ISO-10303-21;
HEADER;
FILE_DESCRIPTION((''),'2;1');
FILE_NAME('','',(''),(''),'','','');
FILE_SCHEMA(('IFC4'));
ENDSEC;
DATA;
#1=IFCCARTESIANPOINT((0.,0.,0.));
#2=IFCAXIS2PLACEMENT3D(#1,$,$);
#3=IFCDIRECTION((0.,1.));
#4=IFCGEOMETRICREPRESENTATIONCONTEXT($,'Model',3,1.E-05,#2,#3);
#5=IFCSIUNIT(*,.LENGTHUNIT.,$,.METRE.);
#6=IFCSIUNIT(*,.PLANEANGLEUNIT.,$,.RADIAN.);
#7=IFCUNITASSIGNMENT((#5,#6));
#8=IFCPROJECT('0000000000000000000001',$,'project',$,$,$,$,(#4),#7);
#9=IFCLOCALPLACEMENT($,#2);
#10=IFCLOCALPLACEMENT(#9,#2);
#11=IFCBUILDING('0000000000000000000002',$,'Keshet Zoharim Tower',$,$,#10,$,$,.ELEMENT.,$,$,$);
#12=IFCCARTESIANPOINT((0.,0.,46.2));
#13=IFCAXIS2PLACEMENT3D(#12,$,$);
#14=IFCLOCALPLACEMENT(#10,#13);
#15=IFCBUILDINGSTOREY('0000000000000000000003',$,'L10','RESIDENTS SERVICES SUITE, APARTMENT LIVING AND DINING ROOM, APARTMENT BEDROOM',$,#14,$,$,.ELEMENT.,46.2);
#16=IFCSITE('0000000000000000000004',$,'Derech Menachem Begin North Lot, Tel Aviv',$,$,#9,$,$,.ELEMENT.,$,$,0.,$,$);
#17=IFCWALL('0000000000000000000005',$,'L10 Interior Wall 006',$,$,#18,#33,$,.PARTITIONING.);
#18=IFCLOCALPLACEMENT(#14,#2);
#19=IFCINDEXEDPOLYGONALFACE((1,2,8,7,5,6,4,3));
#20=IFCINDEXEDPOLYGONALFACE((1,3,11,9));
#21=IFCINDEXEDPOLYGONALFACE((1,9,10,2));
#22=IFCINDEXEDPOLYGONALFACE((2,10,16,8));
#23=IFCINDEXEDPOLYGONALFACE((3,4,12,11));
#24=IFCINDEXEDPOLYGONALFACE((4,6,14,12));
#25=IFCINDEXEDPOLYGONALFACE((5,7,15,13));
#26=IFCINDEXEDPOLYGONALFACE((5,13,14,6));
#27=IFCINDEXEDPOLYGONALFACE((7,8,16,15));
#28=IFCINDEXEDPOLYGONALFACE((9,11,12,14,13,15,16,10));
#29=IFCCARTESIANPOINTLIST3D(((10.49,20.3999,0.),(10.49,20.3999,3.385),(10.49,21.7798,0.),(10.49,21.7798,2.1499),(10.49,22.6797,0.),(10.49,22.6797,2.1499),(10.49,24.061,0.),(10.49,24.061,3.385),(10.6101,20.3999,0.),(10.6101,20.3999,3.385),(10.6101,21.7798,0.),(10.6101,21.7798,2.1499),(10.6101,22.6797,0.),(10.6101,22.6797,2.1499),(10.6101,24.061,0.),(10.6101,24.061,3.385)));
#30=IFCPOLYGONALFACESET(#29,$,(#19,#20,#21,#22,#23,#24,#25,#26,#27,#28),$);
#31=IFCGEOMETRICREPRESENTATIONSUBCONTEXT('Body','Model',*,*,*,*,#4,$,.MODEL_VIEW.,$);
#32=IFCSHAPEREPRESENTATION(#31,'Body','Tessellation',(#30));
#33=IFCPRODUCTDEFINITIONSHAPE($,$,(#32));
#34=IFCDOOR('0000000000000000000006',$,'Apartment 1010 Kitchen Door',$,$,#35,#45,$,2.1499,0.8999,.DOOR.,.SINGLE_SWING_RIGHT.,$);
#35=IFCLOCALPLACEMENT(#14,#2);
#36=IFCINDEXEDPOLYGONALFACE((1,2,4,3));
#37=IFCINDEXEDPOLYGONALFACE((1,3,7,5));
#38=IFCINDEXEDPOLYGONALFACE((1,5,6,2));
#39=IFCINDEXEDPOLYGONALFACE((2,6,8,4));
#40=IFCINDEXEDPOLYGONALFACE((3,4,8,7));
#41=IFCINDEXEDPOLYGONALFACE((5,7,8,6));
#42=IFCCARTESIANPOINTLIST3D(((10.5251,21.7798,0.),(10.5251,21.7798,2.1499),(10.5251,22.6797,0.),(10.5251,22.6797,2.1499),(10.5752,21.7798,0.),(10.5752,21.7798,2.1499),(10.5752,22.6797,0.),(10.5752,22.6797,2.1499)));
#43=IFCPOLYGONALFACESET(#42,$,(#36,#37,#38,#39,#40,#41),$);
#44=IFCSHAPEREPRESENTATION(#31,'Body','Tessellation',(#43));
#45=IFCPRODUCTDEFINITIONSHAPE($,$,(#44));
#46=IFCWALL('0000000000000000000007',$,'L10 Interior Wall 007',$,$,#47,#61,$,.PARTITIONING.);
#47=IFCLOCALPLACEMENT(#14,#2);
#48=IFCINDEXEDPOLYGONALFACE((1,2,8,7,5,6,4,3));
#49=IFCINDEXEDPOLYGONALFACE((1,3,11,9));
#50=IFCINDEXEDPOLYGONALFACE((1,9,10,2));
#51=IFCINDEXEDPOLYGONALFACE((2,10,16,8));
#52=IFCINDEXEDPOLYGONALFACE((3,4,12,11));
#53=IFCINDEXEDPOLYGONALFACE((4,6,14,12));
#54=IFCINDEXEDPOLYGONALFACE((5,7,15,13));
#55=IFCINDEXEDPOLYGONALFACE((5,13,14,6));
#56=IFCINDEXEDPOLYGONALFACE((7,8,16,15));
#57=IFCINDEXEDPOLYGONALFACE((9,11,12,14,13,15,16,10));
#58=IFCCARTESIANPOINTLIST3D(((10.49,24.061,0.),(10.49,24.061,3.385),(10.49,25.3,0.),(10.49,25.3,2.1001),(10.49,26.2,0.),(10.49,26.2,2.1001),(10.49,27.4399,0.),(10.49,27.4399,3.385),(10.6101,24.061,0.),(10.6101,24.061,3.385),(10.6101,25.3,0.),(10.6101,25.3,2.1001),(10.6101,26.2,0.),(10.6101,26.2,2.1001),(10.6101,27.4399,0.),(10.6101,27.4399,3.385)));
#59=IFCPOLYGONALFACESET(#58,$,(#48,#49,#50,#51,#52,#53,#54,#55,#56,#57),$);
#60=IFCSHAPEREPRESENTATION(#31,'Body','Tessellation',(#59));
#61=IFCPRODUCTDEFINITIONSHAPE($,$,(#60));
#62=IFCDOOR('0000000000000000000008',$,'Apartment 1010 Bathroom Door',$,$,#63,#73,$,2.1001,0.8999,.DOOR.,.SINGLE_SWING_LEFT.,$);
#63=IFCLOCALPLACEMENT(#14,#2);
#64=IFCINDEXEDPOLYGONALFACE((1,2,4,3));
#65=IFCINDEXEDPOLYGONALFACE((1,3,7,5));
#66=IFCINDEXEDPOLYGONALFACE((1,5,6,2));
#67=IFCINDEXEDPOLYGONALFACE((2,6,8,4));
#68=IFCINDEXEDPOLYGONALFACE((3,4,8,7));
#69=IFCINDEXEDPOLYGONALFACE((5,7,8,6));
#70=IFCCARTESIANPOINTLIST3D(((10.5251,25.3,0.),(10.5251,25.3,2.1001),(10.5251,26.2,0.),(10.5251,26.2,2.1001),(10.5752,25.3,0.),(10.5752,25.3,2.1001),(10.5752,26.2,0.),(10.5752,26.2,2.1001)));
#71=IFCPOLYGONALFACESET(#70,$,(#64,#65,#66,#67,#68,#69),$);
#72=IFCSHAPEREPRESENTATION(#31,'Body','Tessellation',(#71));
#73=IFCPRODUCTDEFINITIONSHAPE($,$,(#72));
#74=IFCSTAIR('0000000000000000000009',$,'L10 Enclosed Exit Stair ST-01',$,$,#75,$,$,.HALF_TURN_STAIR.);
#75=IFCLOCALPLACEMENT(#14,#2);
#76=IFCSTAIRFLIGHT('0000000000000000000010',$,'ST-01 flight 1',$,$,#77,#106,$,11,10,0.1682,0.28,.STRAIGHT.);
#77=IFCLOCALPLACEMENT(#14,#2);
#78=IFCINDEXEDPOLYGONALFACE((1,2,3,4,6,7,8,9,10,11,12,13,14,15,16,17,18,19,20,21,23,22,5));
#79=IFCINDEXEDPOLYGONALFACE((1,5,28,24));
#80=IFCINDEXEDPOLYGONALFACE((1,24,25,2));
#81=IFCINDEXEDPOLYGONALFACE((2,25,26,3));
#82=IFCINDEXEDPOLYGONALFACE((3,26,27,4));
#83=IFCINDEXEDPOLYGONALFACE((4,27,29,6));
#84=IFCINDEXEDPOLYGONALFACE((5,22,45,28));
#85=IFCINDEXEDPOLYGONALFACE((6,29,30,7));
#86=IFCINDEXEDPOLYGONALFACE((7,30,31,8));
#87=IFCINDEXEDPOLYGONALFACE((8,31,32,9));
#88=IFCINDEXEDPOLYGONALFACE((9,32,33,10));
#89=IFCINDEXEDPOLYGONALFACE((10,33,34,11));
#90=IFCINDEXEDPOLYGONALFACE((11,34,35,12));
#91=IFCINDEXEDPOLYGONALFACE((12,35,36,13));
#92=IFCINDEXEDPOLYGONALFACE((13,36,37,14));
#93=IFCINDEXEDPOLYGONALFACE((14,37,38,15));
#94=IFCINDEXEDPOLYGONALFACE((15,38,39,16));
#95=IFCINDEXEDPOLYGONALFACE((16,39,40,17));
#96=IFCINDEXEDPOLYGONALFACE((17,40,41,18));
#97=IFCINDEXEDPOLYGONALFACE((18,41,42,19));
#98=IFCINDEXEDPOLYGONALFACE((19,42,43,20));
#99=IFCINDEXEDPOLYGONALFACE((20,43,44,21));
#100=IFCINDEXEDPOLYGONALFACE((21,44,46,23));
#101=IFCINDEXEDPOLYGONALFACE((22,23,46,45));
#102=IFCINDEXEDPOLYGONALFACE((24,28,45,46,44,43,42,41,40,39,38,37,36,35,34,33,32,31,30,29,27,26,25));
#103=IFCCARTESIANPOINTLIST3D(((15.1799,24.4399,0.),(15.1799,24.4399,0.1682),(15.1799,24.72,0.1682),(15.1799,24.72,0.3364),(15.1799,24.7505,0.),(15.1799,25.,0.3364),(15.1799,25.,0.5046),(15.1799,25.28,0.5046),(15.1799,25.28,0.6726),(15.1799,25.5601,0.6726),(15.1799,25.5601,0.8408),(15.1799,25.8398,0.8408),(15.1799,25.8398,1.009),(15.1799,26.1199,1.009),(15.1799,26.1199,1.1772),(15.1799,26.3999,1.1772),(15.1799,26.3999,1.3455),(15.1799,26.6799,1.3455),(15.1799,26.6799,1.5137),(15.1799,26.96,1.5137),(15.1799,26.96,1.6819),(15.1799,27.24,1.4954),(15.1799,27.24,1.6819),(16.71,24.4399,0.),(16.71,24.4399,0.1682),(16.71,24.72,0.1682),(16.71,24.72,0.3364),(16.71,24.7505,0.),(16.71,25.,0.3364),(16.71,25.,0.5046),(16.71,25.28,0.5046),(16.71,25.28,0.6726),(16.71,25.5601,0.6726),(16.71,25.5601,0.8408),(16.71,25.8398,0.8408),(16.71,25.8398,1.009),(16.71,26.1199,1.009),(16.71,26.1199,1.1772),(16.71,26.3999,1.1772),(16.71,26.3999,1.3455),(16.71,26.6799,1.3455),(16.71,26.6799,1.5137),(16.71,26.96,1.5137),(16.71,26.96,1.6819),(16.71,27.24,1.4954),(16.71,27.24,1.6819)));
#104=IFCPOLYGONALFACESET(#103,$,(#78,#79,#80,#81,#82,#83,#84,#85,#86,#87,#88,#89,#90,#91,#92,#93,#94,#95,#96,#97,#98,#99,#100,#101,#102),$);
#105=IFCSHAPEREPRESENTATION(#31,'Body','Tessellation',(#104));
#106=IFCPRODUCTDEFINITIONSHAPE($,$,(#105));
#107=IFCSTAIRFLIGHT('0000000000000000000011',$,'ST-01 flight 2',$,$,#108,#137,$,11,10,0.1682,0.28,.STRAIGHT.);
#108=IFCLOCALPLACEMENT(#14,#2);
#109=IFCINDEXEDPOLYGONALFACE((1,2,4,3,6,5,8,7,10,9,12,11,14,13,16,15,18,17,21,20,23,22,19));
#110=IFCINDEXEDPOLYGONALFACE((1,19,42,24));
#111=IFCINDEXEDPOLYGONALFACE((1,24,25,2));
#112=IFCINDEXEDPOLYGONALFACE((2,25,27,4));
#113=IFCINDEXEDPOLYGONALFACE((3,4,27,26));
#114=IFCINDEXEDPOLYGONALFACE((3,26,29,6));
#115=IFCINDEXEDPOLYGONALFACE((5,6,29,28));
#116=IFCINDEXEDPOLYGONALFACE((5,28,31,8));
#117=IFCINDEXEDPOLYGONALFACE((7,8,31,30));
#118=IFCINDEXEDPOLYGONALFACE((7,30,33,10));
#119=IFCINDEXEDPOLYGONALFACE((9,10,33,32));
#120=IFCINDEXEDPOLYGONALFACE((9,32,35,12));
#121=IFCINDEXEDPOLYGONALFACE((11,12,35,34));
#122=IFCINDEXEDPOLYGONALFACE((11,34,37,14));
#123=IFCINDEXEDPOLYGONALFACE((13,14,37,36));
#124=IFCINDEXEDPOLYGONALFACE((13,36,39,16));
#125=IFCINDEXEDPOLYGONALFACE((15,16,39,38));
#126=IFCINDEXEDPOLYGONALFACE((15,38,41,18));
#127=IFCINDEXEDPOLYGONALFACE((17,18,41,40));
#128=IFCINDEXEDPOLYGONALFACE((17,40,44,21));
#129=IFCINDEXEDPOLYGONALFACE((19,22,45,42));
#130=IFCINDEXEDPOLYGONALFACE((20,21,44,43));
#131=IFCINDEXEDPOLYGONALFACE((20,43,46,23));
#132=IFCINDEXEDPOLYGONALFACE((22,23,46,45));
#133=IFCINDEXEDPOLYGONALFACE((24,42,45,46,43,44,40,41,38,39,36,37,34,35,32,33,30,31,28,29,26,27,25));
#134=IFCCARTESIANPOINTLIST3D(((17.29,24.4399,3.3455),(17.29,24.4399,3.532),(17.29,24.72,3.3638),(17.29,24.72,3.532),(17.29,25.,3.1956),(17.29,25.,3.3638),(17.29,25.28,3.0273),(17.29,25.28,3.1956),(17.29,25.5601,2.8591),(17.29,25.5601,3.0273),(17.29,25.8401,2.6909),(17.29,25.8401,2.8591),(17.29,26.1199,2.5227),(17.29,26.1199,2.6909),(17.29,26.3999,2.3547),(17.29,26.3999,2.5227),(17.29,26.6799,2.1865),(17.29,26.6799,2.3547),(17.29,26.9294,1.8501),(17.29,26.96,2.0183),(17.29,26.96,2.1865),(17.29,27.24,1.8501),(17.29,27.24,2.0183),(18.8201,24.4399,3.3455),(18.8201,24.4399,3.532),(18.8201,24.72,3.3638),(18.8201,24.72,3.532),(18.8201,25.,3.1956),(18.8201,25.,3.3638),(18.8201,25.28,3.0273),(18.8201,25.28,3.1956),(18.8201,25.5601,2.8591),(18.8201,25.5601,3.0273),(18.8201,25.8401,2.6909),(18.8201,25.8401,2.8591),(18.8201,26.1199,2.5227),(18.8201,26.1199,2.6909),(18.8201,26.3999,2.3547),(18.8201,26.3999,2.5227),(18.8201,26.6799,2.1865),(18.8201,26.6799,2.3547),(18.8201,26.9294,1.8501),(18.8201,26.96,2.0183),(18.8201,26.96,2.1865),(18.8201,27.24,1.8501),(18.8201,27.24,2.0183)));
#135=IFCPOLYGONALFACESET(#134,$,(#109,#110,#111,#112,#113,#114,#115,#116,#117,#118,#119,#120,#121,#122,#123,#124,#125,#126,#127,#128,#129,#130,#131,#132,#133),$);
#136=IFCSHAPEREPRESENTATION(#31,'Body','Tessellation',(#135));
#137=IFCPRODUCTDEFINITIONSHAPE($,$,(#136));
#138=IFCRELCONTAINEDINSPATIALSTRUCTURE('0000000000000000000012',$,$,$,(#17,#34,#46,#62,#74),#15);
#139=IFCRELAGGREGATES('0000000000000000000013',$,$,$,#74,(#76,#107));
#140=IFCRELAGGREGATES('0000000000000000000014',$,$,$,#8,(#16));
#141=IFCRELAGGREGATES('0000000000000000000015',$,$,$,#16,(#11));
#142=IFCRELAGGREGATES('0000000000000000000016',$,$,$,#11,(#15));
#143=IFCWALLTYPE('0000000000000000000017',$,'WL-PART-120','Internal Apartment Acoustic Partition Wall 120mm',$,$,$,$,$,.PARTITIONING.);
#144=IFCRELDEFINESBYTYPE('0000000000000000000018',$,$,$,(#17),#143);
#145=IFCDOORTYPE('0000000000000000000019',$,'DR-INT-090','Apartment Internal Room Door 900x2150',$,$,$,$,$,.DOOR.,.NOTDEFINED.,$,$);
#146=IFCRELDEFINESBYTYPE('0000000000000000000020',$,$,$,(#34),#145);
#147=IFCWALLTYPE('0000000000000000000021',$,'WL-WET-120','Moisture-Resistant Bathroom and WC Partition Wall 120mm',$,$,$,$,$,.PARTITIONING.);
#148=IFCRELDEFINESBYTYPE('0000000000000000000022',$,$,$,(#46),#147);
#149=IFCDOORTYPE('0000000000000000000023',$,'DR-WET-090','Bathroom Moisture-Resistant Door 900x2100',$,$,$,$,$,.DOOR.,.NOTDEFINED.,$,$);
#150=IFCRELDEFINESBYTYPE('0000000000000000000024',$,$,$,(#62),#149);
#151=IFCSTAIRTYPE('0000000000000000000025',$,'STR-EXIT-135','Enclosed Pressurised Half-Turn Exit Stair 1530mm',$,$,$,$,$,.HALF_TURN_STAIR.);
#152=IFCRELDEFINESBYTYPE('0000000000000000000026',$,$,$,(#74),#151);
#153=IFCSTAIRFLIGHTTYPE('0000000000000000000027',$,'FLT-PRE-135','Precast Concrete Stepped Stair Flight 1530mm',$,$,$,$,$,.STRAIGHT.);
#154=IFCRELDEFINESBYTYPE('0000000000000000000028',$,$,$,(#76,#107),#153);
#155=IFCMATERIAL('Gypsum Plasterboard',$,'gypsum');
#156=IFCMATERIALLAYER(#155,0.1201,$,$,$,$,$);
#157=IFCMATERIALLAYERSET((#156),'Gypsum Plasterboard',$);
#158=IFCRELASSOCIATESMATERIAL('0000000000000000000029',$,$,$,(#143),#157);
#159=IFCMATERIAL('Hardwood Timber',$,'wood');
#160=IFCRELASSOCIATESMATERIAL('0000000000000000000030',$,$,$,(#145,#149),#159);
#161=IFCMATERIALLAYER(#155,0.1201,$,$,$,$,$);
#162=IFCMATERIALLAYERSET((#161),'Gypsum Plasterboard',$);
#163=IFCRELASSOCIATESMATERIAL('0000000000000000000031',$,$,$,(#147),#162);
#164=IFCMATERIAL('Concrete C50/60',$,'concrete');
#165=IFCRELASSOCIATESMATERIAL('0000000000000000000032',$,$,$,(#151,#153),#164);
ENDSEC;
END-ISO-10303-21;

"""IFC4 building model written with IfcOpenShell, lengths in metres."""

from ifc_helpers import new_model, si_unit, direction, frame, frame_2d, origin, place, context, subcontext, project, spatial, polyline, rectangle, outline, extrude, material, layer, layer_set, type_object, element, fill, aggregate, save


model = new_model("IFC4")

# Units and contexts
model_context = context("Model", 3, precision=1e-05, world=origin(), true_north=direction((0.0, 1.0)))
body_context = subcontext(model_context, "Body", "Model", "MODEL_VIEW")
ifc_project = project(units=[si_unit("LENGTHUNIT", "METRE"), si_unit("PLANEANGLEUNIT", "RADIAN")], contexts=[model_context])

# Site, building, storey
site_placement = place(None, origin())
site = spatial("IfcSite", under=ifc_project, at=site_placement, Name="Derech Menachem Begin North Lot, Tel Aviv", CompositionType="ELEMENT", RefElevation=0.0)
building_placement = place(site_placement, origin())
building = spatial("IfcBuilding", under=site, at=building_placement, Name="Keshet Zoharim Tower", CompositionType="ELEMENT")
storey_placement = place(building_placement, frame((0.0, 0.0, 46.2)))
storey = spatial("IfcBuildingStorey", under=building, at=storey_placement, Name="L10", Description="RESIDENTS SERVICES SUITE, APARTMENT LIVING AND DINING ROOM, APARTMENT BEDROOM", CompositionType="ELEMENT", Elevation=46.2)

# Shared definitions
ifc_material_1 = material(Name="Hardwood Timber", Category="wood")

# Shared definitions
ifc_material_2 = material(Name="Gypsum Plasterboard", Category="gypsum")

# Wall, opening, door
ifc_material_3 = material(Name="Concrete C50/60", Category="concrete")
ifc_layer_1 = layer(ifc_material_2, 0.1201)
ifc_layer_set_1 = layer_set([ifc_layer_1], Name="Gypsum Plasterboard")
wall_type_1 = type_object("IfcWallType", Name="WL-PART-120", Description="Internal Apartment Acoustic Partition Wall 120mm", PredefinedType="PARTITIONING", material=ifc_layer_set_1)
wall_1_placement = place(storey_placement, frame((10.55, 20.3999, 0.0), z_axis=(0.0, 0.0, 1.0), x_axis=(0.0, 1.0, 0.0)))
wall_1 = element("IfcWall", 1, at=wall_1_placement, inside=storey, type_object=wall_type_1, Name="L10 Interior Wall 006", PredefinedType="PARTITIONING", context=body_context, shape_type="SweptSolid", body=[
    extrude(rectangle(XDim=3.6611, YDim=0.1201, at=frame_2d((1.8306, 0.0))), origin(), (0.0, 0.0, 1.0), 3.385),
])
opening_1_placement = place(wall_1_placement, frame((1.3799, 0.0, 0.0)))
opening_1 = element("IfcOpeningElement", 2, at=opening_1_placement, cuts=wall_1, PredefinedType="OPENING", context=body_context, shape_type="SweptSolid", body=[
    extrude(rectangle(XDim=0.8999, YDim=2.1499, at=frame_2d((0.45, 1.075))), frame((0.0, 0.0701, 0.0), z_axis=(0.0, -1.0, 0.0), x_axis=(1.0, 0.0, 0.0)), (0.0, 0.0, 1.0), 0.1401),
])
door_type_1 = type_object("IfcDoorType", Name="DR-INT-090", Description="Apartment Internal Room Door 900x2150", OperationType="NOTDEFINED", PredefinedType="DOOR", material=ifc_material_1)
door_1_placement = place(opening_1_placement, origin())
door_1 = element("IfcDoor", 3, at=door_1_placement, inside=storey, type_object=door_type_1, Name="Apartment 1010 Kitchen Door", OperationType="SINGLE_SWING_RIGHT", OverallHeight=2.1499, OverallWidth=0.8999, PredefinedType="DOOR", context=body_context, shape_type="SweptSolid", body=[
    extrude(rectangle(XDim=0.8999, YDim=2.1499, at=frame_2d((0.45, 1.075))), frame((0.0, 0.0249, 0.0), z_axis=(0.0, -1.0, 0.0), x_axis=(1.0, 0.0, 0.0)), (0.0, 0.0, 1.0), 0.05),
])
fill(opening_1, door_1)

# Wall, opening, door
ifc_layer_2 = layer(ifc_material_2, 0.1201)
ifc_layer_set_2 = layer_set([ifc_layer_2], Name="Gypsum Plasterboard")
wall_type_2 = type_object("IfcWallType", Name="WL-WET-120", Description="Moisture-Resistant Bathroom and WC Partition Wall 120mm", PredefinedType="PARTITIONING", material=ifc_layer_set_2)
wall_2_placement = place(storey_placement, frame((10.55, 24.061, 0.0), z_axis=(0.0, 0.0, 1.0), x_axis=(0.0, 1.0, 0.0)))
wall_2 = element("IfcWall", 4, at=wall_2_placement, inside=storey, type_object=wall_type_2, Name="L10 Interior Wall 007", PredefinedType="PARTITIONING", context=body_context, shape_type="SweptSolid", body=[
    extrude(rectangle(XDim=3.3789, YDim=0.1201, at=frame_2d((1.6895, 0.0))), origin(), (0.0, 0.0, 1.0), 3.385),
])
opening_2_placement = place(wall_2_placement, frame((1.239, 0.0, 0.0)))
opening_2 = element("IfcOpeningElement", 5, at=opening_2_placement, cuts=wall_2, PredefinedType="OPENING", context=body_context, shape_type="SweptSolid", body=[
    extrude(rectangle(XDim=0.8999, YDim=2.1001, at=frame_2d((0.45, 1.05))), frame((0.0, 0.0701, 0.0), z_axis=(0.0, -1.0, 0.0), x_axis=(1.0, 0.0, 0.0)), (0.0, 0.0, 1.0), 0.1401),
])
door_type_2 = type_object("IfcDoorType", Name="DR-WET-090", Description="Bathroom Moisture-Resistant Door 900x2100", OperationType="NOTDEFINED", PredefinedType="DOOR", material=ifc_material_1)
door_2_placement = place(opening_2_placement, origin())
door_2 = element("IfcDoor", 6, at=door_2_placement, inside=storey, type_object=door_type_2, Name="Apartment 1010 Bathroom Door", OperationType="SINGLE_SWING_LEFT", OverallHeight=2.1001, OverallWidth=0.8999, PredefinedType="DOOR", context=body_context, shape_type="SweptSolid", body=[
    extrude(rectangle(XDim=0.8999, YDim=2.1001, at=frame_2d((0.45, 1.05))), frame((0.0, 0.0249, 0.0), z_axis=(0.0, -1.0, 0.0), x_axis=(1.0, 0.0, 0.0)), (0.0, 0.0, 1.0), 0.05),
])
fill(opening_2, door_2)

# Stair, stair flights
stair_type = type_object("IfcStairType", Name="STR-EXIT-135", Description="Enclosed Pressurised Half-Turn Exit Stair 1530mm", PredefinedType="HALF_TURN_STAIR", material=ifc_material_3)
stair_placement = place(storey_placement, origin())
stair = element("IfcStair", 7, at=stair_placement, inside=storey, type_object=stair_type, Name="L10 Enclosed Exit Stair ST-01", PredefinedType="HALF_TURN_STAIR")
stair_flight_type = type_object("IfcStairFlightType", Name="FLT-PRE-135", Description="Precast Concrete Stepped Stair Flight 1530mm", PredefinedType="STRAIGHT", material=ifc_material_3)
stair_flight_1_placement = place(storey_placement, frame((15.9451, 24.4399, 0.0), z_axis=(0.0, 0.0, 1.0), x_axis=(0.0, 1.0, 0.0)))
stair_flight_1 = element("IfcStairFlight", 8, at=stair_flight_1_placement, type_object=stair_flight_type, Name="ST-01 flight 1", NumberOfRisers=11, NumberOfTreads=10, PredefinedType="STRAIGHT", RiserHeight=0.1682, TreadLength=0.28, context=body_context, shape_type="SweptSolid", body=[
    extrude(outline(polyline([(0.0, 0.0), (0.0, 0.1682), (0.28, 0.1682), (0.28, 0.3364), (0.5601, 0.3364), (0.5601, 0.5046), (0.8401, 0.5046), (0.8401, 0.6726), (1.1201, 0.6726), (1.1201, 0.8408), (1.3999, 0.8408), (1.3999, 1.009), (1.6799, 1.009), (1.6799, 1.1772), (1.96, 1.1772), (1.96, 1.3455), (2.24, 1.3455), (2.24, 1.5137), (2.52, 1.5137), (2.52, 1.6819), (2.8, 1.6819), (2.8, 1.8501), (2.8, 1.4954), (0.3105, 0.0), (0.0, 0.0)])), frame((0.0, 0.7651, 0.0), z_axis=(0.0, -1.0, 0.0), x_axis=(1.0, 0.0, 0.0)), (0.0, 0.0, 1.0), 1.53),
])
stair_flight_2_placement = place(storey_placement, frame((18.0549, 27.24, 1.8501), z_axis=(0.0, 0.0, 1.0), x_axis=(0.0, -1.0, 0.0)))
stair_flight_2 = element("IfcStairFlight", 9, at=stair_flight_2_placement, type_object=stair_flight_type, Name="ST-01 flight 2", NumberOfRisers=11, NumberOfTreads=10, PredefinedType="STRAIGHT", RiserHeight=0.1682, TreadLength=0.28, context=body_context, shape_type="SweptSolid", body=[
    extrude(outline(polyline([(0.0, 0.0), (0.0, 0.1682), (0.28, 0.1682), (0.28, 0.3364), (0.5601, 0.3364), (0.5601, 0.5046), (0.8401, 0.5046), (0.8401, 0.6726), (1.1201, 0.6726), (1.1201, 0.8408), (1.3999, 0.8408), (1.3999, 1.009), (1.6799, 1.009), (1.6799, 1.1772), (1.96, 1.1772), (1.96, 1.3455), (2.24, 1.3455), (2.24, 1.5137), (2.52, 1.5137), (2.52, 1.6819), (2.8, 1.6819), (2.8, 1.8501), (2.8, 1.4954), (0.3105, 0.0), (0.0, 0.0)])), frame((0.0, 0.7651, 0.0), z_axis=(0.0, -1.0, 0.0), x_axis=(1.0, 0.0, 0.0)), (0.0, 0.0, 1.0), 1.53),
])
aggregate(stair, [stair_flight_1, stair_flight_2])

save(model, "model.ifc")
